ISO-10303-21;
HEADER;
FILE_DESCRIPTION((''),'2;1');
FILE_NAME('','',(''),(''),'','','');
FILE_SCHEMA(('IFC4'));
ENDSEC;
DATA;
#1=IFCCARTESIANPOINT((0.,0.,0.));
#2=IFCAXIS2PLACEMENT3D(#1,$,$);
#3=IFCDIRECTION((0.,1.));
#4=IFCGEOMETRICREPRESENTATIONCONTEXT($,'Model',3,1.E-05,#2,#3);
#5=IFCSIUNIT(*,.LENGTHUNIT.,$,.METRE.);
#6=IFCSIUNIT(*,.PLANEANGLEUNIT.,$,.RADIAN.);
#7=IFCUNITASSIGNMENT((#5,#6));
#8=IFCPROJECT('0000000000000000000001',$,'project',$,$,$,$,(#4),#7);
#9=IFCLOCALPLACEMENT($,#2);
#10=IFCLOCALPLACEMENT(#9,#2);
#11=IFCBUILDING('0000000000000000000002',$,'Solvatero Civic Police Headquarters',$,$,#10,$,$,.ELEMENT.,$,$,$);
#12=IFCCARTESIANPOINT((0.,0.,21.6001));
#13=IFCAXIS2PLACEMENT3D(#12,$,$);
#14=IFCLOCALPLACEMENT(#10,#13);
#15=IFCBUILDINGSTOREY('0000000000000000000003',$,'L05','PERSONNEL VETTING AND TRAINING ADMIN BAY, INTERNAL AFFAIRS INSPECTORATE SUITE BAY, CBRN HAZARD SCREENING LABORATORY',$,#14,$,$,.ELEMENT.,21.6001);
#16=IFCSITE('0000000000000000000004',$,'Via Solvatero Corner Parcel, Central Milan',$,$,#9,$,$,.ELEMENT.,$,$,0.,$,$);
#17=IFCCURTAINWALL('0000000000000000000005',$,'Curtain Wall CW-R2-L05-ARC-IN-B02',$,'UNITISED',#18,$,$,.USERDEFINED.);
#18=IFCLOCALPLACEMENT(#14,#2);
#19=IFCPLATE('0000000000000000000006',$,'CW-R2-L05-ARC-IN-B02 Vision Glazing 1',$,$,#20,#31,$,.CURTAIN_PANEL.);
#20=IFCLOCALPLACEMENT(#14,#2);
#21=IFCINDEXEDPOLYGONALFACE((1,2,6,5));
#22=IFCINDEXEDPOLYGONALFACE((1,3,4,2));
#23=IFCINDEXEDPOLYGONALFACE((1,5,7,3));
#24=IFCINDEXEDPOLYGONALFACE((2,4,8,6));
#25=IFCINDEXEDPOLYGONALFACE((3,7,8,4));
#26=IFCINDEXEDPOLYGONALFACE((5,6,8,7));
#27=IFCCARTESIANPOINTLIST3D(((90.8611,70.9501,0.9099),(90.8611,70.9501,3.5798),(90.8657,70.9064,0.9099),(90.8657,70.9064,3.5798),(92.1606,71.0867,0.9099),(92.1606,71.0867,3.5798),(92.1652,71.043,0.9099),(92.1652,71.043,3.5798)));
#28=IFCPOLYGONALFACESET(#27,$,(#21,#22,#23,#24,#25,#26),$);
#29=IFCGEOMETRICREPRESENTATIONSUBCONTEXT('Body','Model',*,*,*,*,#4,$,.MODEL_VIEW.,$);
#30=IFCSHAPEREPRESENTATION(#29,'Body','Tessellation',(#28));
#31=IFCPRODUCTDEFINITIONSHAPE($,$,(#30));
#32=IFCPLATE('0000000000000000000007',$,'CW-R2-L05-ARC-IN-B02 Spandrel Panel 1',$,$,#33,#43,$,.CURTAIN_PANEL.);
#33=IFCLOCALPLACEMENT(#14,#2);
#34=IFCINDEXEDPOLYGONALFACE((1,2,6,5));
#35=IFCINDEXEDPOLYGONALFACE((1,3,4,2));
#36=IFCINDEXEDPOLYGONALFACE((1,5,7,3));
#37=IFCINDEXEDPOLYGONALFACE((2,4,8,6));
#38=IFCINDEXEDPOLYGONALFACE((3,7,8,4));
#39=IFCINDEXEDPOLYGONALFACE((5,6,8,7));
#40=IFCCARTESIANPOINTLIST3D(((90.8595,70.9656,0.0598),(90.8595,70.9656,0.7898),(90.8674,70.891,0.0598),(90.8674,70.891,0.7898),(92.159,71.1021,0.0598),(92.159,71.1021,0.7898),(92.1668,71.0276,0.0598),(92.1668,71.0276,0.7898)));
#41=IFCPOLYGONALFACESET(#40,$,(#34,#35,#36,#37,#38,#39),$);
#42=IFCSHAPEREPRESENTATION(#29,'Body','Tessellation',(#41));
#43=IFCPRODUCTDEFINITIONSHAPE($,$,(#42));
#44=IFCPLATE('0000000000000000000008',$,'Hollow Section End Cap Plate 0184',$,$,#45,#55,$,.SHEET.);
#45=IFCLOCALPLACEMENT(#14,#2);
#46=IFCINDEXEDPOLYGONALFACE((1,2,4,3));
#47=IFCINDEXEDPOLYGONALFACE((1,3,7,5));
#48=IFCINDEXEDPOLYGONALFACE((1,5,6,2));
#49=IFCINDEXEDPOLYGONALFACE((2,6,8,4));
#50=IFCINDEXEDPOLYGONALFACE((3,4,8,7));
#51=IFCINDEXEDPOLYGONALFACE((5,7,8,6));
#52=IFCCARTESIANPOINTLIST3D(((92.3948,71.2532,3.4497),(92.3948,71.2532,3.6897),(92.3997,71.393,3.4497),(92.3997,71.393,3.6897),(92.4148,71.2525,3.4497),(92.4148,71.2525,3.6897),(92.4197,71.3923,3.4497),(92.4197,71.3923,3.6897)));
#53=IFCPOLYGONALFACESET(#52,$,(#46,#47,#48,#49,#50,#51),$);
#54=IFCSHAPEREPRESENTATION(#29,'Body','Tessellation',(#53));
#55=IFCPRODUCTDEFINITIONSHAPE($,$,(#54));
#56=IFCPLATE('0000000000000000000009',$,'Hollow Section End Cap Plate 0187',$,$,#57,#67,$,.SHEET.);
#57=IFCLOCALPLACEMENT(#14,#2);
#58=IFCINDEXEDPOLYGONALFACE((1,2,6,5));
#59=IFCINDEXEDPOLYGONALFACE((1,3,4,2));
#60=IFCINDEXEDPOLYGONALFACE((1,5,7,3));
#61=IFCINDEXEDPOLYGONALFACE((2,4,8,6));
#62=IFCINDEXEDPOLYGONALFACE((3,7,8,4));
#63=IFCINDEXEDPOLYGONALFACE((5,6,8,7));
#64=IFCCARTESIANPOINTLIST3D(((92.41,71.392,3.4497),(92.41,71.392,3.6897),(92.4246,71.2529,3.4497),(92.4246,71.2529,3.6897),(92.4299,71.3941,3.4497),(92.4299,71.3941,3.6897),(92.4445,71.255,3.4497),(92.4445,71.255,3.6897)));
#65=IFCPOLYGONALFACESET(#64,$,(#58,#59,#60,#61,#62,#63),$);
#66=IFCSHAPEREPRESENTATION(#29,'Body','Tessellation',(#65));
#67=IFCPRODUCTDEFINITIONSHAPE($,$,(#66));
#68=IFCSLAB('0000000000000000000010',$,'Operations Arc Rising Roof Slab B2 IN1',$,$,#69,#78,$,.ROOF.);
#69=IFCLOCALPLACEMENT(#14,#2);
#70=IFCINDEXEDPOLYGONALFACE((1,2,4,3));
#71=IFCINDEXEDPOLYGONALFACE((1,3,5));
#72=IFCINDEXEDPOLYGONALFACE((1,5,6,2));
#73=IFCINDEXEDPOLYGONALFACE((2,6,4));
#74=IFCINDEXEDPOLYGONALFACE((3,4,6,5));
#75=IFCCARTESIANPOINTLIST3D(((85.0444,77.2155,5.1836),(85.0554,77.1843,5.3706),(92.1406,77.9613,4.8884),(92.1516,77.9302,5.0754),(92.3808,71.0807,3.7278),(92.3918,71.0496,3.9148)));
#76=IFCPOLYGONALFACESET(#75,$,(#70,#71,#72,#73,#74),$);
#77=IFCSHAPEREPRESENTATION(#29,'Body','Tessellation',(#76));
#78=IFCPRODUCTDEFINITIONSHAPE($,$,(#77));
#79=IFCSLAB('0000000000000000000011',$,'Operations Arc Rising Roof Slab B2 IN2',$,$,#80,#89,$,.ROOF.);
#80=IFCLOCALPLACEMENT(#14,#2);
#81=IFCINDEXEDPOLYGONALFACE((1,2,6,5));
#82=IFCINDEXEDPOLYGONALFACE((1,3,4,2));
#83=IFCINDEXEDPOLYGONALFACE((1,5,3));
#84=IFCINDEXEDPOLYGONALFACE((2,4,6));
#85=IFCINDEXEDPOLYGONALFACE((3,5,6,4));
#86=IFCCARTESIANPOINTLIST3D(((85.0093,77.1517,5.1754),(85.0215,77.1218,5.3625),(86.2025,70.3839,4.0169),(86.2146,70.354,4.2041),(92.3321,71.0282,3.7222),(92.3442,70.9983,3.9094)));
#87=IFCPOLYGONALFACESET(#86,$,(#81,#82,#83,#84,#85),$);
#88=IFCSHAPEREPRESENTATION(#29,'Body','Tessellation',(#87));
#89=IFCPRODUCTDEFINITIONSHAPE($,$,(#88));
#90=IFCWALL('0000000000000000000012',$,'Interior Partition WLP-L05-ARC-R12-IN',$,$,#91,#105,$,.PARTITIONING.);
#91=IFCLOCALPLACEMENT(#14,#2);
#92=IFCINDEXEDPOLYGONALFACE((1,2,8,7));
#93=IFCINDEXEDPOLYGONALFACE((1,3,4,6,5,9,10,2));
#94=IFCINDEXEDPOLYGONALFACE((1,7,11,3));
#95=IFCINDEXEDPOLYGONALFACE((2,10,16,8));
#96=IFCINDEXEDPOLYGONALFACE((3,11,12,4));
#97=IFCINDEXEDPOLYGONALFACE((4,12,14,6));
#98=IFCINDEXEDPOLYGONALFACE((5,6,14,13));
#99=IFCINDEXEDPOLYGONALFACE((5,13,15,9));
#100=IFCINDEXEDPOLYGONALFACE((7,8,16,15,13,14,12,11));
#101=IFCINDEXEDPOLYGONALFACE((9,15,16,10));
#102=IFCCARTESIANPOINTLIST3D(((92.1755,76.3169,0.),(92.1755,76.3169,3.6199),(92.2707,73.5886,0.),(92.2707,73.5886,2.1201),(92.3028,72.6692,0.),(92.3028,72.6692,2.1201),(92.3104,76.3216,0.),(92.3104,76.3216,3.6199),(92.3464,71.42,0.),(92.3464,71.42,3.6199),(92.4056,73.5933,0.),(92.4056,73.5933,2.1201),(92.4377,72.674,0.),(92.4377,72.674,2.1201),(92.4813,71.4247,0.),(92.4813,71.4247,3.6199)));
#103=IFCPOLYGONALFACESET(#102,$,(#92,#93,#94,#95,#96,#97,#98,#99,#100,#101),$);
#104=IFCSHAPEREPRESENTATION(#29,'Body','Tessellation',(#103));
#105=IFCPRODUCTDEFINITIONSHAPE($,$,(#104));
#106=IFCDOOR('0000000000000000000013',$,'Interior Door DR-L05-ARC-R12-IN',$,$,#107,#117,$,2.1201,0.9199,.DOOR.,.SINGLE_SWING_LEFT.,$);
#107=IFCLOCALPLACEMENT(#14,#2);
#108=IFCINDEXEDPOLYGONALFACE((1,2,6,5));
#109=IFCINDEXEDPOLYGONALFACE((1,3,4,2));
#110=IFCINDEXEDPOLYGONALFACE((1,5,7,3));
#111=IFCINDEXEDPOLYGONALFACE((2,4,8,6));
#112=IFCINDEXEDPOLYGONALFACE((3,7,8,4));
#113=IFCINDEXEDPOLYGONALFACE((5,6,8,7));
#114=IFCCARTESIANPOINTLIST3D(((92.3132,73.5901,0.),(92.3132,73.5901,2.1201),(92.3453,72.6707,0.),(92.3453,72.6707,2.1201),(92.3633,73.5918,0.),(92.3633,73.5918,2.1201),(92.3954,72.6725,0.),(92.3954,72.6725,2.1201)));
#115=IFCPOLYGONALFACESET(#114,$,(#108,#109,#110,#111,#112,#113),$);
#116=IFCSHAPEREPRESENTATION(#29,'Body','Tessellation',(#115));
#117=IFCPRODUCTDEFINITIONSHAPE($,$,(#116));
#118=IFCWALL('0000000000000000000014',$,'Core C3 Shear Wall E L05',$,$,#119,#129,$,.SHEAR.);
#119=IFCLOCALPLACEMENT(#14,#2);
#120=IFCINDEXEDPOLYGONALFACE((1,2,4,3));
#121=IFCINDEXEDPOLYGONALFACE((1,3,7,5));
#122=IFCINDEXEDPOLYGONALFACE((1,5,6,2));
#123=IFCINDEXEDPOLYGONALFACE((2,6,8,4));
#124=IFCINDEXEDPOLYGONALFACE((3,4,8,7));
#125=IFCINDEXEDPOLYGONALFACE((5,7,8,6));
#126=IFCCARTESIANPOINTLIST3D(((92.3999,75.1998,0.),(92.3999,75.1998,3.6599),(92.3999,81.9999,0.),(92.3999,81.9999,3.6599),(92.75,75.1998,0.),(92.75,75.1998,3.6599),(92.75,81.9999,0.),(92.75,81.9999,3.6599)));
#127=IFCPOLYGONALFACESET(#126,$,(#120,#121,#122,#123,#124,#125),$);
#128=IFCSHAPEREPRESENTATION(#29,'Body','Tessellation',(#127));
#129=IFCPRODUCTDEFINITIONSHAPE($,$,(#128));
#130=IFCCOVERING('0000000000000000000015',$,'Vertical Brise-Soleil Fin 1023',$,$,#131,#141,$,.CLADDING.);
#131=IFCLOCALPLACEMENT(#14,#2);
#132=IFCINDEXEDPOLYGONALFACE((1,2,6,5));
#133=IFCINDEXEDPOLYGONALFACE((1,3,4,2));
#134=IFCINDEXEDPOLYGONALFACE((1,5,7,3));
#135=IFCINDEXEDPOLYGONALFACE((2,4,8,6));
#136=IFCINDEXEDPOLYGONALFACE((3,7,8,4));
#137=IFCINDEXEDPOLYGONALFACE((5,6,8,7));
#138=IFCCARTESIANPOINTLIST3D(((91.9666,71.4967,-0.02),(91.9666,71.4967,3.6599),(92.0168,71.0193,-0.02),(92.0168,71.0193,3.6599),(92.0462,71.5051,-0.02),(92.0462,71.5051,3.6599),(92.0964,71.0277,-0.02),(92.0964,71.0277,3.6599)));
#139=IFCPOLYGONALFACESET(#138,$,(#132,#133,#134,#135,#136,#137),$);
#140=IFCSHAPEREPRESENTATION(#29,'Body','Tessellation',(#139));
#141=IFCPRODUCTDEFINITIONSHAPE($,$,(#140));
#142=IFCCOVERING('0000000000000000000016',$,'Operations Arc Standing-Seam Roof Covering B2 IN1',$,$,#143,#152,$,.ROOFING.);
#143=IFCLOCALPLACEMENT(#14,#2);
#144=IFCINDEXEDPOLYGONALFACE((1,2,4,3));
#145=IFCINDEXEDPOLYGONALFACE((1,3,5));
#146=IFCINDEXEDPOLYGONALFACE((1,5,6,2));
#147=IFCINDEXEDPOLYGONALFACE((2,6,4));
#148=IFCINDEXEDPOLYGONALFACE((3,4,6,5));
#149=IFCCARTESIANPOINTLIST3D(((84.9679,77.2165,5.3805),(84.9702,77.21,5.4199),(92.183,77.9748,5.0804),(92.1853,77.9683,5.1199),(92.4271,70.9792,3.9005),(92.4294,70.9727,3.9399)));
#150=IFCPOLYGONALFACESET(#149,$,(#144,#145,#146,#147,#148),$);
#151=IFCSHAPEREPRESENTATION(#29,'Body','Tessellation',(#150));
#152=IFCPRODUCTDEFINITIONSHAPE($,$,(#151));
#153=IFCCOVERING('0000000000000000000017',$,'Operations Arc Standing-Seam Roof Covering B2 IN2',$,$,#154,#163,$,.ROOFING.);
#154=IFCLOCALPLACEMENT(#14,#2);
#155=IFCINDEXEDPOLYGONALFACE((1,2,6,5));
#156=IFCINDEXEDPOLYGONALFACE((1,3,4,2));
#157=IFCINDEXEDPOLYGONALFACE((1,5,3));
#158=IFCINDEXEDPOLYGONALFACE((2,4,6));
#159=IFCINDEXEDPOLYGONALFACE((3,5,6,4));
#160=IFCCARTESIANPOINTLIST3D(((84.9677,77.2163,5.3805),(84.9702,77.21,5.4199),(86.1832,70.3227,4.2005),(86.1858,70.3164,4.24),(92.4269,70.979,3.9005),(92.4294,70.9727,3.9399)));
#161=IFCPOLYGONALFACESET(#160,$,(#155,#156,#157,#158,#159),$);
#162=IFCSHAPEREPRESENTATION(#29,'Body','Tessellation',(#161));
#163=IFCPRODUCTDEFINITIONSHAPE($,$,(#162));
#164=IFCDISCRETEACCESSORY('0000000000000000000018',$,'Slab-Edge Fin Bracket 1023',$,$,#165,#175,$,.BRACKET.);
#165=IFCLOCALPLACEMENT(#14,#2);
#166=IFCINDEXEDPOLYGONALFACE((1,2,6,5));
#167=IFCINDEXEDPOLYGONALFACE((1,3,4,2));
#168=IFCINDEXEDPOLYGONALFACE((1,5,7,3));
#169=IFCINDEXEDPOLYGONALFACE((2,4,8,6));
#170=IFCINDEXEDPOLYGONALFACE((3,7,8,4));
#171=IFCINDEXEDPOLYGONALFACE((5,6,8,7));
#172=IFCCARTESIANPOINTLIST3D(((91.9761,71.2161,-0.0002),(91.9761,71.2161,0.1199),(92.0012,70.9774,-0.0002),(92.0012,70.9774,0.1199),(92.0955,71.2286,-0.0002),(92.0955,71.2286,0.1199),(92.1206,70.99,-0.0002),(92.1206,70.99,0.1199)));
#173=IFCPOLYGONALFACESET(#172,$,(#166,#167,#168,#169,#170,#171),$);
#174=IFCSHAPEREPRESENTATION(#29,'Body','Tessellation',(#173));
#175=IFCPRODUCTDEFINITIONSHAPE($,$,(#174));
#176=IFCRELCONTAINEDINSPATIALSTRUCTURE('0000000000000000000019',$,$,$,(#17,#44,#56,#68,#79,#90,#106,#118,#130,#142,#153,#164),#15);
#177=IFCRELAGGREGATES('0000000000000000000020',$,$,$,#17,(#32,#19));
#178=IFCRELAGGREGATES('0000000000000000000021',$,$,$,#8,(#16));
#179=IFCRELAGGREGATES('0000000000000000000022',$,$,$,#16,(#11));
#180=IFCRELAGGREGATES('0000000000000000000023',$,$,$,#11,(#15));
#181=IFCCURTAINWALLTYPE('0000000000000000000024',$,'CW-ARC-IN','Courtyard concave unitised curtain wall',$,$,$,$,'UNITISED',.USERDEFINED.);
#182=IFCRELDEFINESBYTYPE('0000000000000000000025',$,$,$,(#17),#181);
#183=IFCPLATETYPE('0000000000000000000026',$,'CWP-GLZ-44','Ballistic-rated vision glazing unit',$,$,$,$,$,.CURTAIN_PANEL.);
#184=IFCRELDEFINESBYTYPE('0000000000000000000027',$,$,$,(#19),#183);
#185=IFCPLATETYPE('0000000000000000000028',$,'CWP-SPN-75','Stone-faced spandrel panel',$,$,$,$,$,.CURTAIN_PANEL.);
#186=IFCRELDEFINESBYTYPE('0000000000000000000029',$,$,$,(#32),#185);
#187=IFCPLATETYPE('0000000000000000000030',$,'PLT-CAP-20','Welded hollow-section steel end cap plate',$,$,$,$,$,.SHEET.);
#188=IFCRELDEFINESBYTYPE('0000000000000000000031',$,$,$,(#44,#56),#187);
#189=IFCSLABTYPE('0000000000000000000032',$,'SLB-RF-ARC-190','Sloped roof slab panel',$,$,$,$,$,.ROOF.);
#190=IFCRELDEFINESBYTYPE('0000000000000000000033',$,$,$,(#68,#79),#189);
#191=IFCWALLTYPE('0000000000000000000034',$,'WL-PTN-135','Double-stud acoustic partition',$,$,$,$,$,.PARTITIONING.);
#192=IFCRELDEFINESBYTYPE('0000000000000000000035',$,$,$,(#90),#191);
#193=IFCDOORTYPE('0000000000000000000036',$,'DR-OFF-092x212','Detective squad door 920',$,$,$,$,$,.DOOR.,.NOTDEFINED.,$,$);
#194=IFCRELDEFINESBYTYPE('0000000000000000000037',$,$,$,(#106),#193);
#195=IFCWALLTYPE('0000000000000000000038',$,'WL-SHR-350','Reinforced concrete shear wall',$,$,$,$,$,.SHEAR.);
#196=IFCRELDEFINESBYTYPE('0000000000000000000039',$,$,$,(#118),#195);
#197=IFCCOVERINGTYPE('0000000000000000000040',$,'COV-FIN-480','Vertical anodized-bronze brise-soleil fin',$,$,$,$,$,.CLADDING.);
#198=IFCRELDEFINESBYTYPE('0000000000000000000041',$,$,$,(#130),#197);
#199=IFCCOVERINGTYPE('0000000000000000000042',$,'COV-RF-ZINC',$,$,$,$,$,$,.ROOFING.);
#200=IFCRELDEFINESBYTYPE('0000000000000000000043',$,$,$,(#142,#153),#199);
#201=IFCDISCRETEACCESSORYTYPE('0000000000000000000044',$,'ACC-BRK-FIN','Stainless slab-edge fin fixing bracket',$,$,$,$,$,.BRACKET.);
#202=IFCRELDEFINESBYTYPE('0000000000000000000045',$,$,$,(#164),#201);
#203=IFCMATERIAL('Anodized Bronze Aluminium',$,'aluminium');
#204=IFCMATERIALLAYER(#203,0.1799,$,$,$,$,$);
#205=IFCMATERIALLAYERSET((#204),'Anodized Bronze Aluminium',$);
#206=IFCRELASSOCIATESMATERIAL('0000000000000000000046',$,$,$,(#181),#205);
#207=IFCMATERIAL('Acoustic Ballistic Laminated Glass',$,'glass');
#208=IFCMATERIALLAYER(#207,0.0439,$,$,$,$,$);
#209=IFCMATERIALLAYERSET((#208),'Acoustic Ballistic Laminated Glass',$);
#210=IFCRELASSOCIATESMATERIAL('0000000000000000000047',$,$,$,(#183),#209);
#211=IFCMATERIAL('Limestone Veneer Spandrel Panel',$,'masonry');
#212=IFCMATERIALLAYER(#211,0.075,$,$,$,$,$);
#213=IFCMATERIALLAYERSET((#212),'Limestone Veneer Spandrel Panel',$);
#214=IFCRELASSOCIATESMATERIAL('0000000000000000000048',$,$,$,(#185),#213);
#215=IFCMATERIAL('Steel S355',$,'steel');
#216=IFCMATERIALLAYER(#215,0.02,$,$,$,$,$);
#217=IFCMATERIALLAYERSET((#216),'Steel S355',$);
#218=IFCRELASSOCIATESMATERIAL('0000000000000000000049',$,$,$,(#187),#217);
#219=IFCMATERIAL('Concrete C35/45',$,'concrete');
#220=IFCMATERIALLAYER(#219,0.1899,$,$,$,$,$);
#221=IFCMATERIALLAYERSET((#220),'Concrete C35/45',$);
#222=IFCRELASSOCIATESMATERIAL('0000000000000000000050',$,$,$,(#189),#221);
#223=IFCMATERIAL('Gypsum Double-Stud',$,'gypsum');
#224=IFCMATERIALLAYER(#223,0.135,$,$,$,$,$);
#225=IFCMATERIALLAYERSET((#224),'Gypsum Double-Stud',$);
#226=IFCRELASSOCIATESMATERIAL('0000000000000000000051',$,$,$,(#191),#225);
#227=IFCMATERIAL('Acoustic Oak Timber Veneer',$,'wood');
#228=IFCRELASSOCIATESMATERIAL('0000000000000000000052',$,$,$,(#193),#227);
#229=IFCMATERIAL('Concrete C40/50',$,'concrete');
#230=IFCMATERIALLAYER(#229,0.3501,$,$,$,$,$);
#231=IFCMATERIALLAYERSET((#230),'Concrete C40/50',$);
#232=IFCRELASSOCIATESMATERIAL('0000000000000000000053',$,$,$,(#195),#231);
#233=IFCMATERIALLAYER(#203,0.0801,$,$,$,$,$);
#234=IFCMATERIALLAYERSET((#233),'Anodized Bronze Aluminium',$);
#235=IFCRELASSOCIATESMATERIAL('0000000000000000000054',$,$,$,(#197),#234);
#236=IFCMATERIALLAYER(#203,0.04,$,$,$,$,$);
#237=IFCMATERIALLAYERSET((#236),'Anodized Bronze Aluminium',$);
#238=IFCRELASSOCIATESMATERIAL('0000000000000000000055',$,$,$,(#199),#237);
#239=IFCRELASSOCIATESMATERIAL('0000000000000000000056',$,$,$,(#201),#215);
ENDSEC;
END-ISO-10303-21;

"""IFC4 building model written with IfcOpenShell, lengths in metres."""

from ifc_helpers import new_model, si_unit, direction, frame, frame_2d, origin, origin_2d, place, context, subcontext, project, spatial, polyline, rectangle, outline, extrude, material, layer, layer_set, type_object, element, fill, aggregate, save


model = new_model("IFC4")

# Units and contexts
model_context = context("Model", 3, precision=1e-05, world=origin(), true_north=direction((0.0, 1.0)))
body_context = subcontext(model_context, "Body", "Model", "MODEL_VIEW")
ifc_project = project(units=[si_unit("LENGTHUNIT", "METRE"), si_unit("PLANEANGLEUNIT", "RADIAN")], contexts=[model_context])

# Site, building, storey
site_placement = place(None, origin())
site = spatial("IfcSite", under=ifc_project, at=site_placement, Name="Via Solvatero Corner Parcel, Central Milan", CompositionType="ELEMENT", RefElevation=0.0)
building_placement = place(site_placement, origin())
building = spatial("IfcBuilding", under=site, at=building_placement, Name="Solvatero Civic Police Headquarters", CompositionType="ELEMENT")
storey_placement = place(building_placement, frame((0.0, 0.0, 21.6001)))
storey = spatial("IfcBuildingStorey", under=building, at=storey_placement, Name="L05", Description="PERSONNEL VETTING AND TRAINING ADMIN BAY, INTERNAL AFFAIRS INSPECTORATE SUITE BAY, CBRN HAZARD SCREENING LABORATORY", CompositionType="ELEMENT", Elevation=21.6001)

# Shared definitions
ifc_material_1 = material(Name="Steel S355", Category="steel")

# Shared definitions
ifc_material_2 = material(Name="Anodized Bronze Aluminium", Category="aluminium")
ifc_layer_1 = layer(ifc_material_2, 0.1799)
ifc_layer_set_1 = layer_set([ifc_layer_1], Name="Anodized Bronze Aluminium")
curtain_wall_type = type_object("IfcCurtainWallType", Name="CW-ARC-IN", Description="Courtyard concave unitised curtain wall", ElementType="UNITISED", PredefinedType="USERDEFINED", material=ifc_layer_set_1)

# Curtain wall
curtain_wall_1_placement = place(storey_placement, origin())
curtain_wall_1 = element("IfcCurtainWall", 1, at=curtain_wall_1_placement, inside=storey, type_object=curtain_wall_type, Name="Curtain Wall CW-R2-L05-ARC-IN-B02", ObjectType="UNITISED", PredefinedType="USERDEFINED")

# Plates
ifc_material_3 = material(Name="Acoustic Ballistic Laminated Glass", Category="glass")
ifc_layer_2 = layer(ifc_material_3, 0.0439)
ifc_layer_set_2 = layer_set([ifc_layer_2], Name="Acoustic Ballistic Laminated Glass")
plate_type_1 = type_object("IfcPlateType", Name="CWP-GLZ-44", Description="Ballistic-rated vision glazing unit", PredefinedType="CURTAIN_PANEL", material=ifc_layer_set_2)
plate_1_placement = place(storey_placement, frame((91.5132, 70.9966, 0.9099), z_axis=(0.0, 0.0, 1.0), x_axis=(-0.994522, -0.104528, 0.0)))
plate_1 = element("IfcPlate", 2, at=plate_1_placement, type_object=plate_type_1, Name="CW-R2-L05-ARC-IN-B02 Vision Glazing 1", PredefinedType="CURTAIN_PANEL", context=body_context, shape_type="SweptSolid", body=[
    extrude(rectangle(XDim=1.3066, YDim=0.0439, at=origin_2d()), origin(), (0.0, 0.0, 1.0), 2.6699),
])
ifc_material_4 = material(Name="Limestone Veneer Spandrel Panel", Category="masonry")
ifc_layer_3 = layer(ifc_material_4, 0.075)
ifc_layer_set_3 = layer_set([ifc_layer_3], Name="Limestone Veneer Spandrel Panel")
plate_type_2 = type_object("IfcPlateType", Name="CWP-SPN-75", Description="Stone-faced spandrel panel", PredefinedType="CURTAIN_PANEL", material=ifc_layer_set_3)
plate_2_placement = place(storey_placement, frame((91.5132, 70.9966, 0.0598), z_axis=(0.0, 0.0, 1.0), x_axis=(-0.994522, -0.104528, 0.0)))
plate_2 = element("IfcPlate", 3, at=plate_2_placement, type_object=plate_type_2, Name="CW-R2-L05-ARC-IN-B02 Spandrel Panel 1", PredefinedType="CURTAIN_PANEL", context=body_context, shape_type="SweptSolid", body=[
    extrude(rectangle(XDim=1.3066, YDim=0.075, at=origin_2d()), origin(), (0.0, 0.0, 1.0), 0.73),
])
aggregate(curtain_wall_1, [plate_2, plate_1])

# Plates
ifc_layer_4 = layer(ifc_material_1, 0.02)
ifc_layer_set_4 = layer_set([ifc_layer_4], Name="Steel S355")
plate_type_3 = type_object("IfcPlateType", Name="PLT-CAP-20", Description="Welded hollow-section steel end cap plate", PredefinedType="SHEET", material=ifc_layer_set_4)
for number, where, z_axis, x_axis, name in (
    (4, (92.4072, 71.3228, 3.4497), (0.0, 0.0, 1.0), (-0.999391, 0.034899, 0.0), "Hollow Section End Cap Plate 0184"),
    (5, (92.4272, 71.3235, 3.4497), (0.0, 0.0, 1.0), (-0.99452, -0.104546, 0.0), "Hollow Section End Cap Plate 0187"),
):
    element("IfcPlate", number, at=place(storey_placement, frame(where, z_axis=z_axis, x_axis=x_axis)), inside=storey, type_object=plate_type_3, Name=name, PredefinedType="SHEET", context=body_context, shape_type="SweptSolid", body=[
        extrude(rectangle(XDim=0.02, YDim=0.1399, at=origin_2d()), origin(), (0.0, 0.0, 1.0), 0.24),
    ])

# Slabs
ifc_material_5 = material(Name="Concrete C35/45", Category="concrete")
ifc_layer_5 = layer(ifc_material_5, 0.1899)
ifc_layer_set_5 = layer_set([ifc_layer_5], Name="Concrete C35/45")
slab_type = type_object("IfcSlabType", Name="SLB-RF-ARC-190", Description="Sloped roof slab panel", PredefinedType="ROOF", material=ifc_layer_set_5)
slab_1_placement = place(storey_placement, frame((92.3918, 71.0496, 3.9148), z_axis=(0.058205, -0.164075, 0.984729), x_axis=(-0.758399, 0.634178, 0.150494)))
element("IfcSlab", 6, at=slab_1_placement, inside=storey, type_object=slab_type, Name="Operations Arc Rising Roof Slab B2 IN1", PredefinedType="ROOF", context=body_context, shape_type="SweptSolid", body=[
    extrude(outline(polyline([(0.0, 0.0), (9.6736, 0.0), (4.7204, -5.1445), (0.0, 0.0)])), origin(), (0.0, 0.0, -1.0), 0.1899),
])
slab_2_placement = place(storey_placement, frame((92.3442, 70.9983, 3.9094), z_axis=(0.063921, -0.157413, 0.985462), x_axis=(-0.993387, -0.104415, 0.047756)))
element("IfcSlab", 7, at=slab_2_placement, inside=storey, type_object=slab_type, Name="Operations Arc Rising Roof Slab B2 IN2", PredefinedType="ROOF", context=body_context, shape_type="SweptSolid", body=[
    extrude(outline(polyline([(0.0, 0.0), (6.1704, 0.0), (6.7043, -6.9487), (0.0, 0.0)])), origin(), (0.0, 0.0, -1.0), 0.1899),
])

# Wall, opening, door
ifc_material_6 = material(Name="Gypsum Double-Stud", Category="gypsum")
ifc_layer_6 = layer(ifc_material_6, 0.135)
ifc_layer_set_6 = layer_set([ifc_layer_6], Name="Gypsum Double-Stud")
wall_type_1 = type_object("IfcWallType", Name="WL-PTN-135", Description="Double-stud acoustic partition", PredefinedType="PARTITIONING", material=ifc_layer_set_6)
wall_1_placement = place(storey_placement, frame((92.4138, 71.4224, 0.0), z_axis=(0.0, 0.0, 1.0), x_axis=(-0.034878, 0.999392, 0.0)))
wall_1 = element("IfcWall", 8, at=wall_1_placement, inside=storey, type_object=wall_type_1, Name="Interior Partition WLP-L05-ARC-R12-IN", PredefinedType="PARTITIONING", context=body_context, shape_type="SweptSolid", body=[
    extrude(rectangle(XDim=4.8999, YDim=0.135, at=frame_2d((2.45, 0.0))), origin(), (0.0, 0.0, 1.0), 3.6199),
])
opening_placement = place(wall_1_placement, frame((1.25, 0.0, 0.0)))
opening = element("IfcOpeningElement", 9, at=opening_placement, cuts=wall_1, PredefinedType="OPENING", context=body_context, shape_type="SweptSolid", body=[
    extrude(rectangle(XDim=0.9199, YDim=2.1201, at=frame_2d((0.46, 1.0601))), frame((0.0, 0.0774, 0.0), z_axis=(0.0, -1.0, 0.0), x_axis=(1.0, 0.0, 0.0)), (0.0, 0.0, 1.0), 0.155),
])
ifc_material_7 = material(Name="Acoustic Oak Timber Veneer", Category="wood")
door_type = type_object("IfcDoorType", Name="DR-OFF-092x212", Description="Detective squad door 920", OperationType="NOTDEFINED", PredefinedType="DOOR", material=ifc_material_7)
door_placement = place(opening_placement, origin())
door = element("IfcDoor", 10, at=door_placement, inside=storey, type_object=door_type, Name="Interior Door DR-L05-ARC-R12-IN", OperationType="SINGLE_SWING_LEFT", OverallHeight=2.1201, OverallWidth=0.9199, PredefinedType="DOOR", context=body_context, shape_type="SweptSolid", body=[
    extrude(rectangle(XDim=0.9199, YDim=2.1201, at=frame_2d((0.46, 1.0601))), frame((0.0, 0.0249, 0.0), z_axis=(0.0, -1.0, 0.0), x_axis=(1.0, 0.0, 0.0)), (0.0, 0.0, 1.0), 0.05),
])
fill(opening, door)

# Wall
ifc_material_8 = material(Name="Concrete C40/50", Category="concrete")
ifc_layer_7 = layer(ifc_material_8, 0.3501)
ifc_layer_set_7 = layer_set([ifc_layer_7], Name="Concrete C40/50")
wall_type_2 = type_object("IfcWallType", Name="WL-SHR-350", Description="Reinforced concrete shear wall", PredefinedType="SHEAR", material=ifc_layer_set_7)
wall_2_placement = place(storey_placement, frame((92.575, 75.2, 0.0), z_axis=(0.0, 0.0, 1.0), x_axis=(0.0, 1.0, 0.0)))
element("IfcWall", 11, at=wall_2_placement, inside=storey, type_object=wall_type_2, Name="Core C3 Shear Wall E L05", PredefinedType="SHEAR", context=body_context, shape_type="SweptSolid", body=[
    extrude(rectangle(XDim=6.8, YDim=0.3501, at=frame_2d((3.3999, 0.0))), origin(), (0.0, 0.0, 1.0), 3.6599),
])

# Coverings
ifc_layer_8 = layer(ifc_material_2, 0.0801)
ifc_layer_set_8 = layer_set([ifc_layer_8], Name="Anodized Bronze Aluminium")
covering_type_1 = type_object("IfcCoveringType", Name="COV-FIN-480", Description="Vertical anodized-bronze brise-soleil fin", PredefinedType="CLADDING", material=ifc_layer_set_8)
covering_1_placement = place(storey_placement, frame((92.0315, 71.2622, -0.02), z_axis=(0.0, 0.0, 1.0), x_axis=(-0.994522, -0.104528, 0.0)))
element("IfcCovering", 12, at=covering_1_placement, inside=storey, type_object=covering_type_1, Name="Vertical Brise-Soleil Fin 1023", PredefinedType="CLADDING", context=body_context, shape_type="SweptSolid", body=[
    extrude(rectangle(XDim=0.0801, YDim=0.48, at=origin_2d()), origin(), (0.0, 0.0, 1.0), 3.6799),
])
ifc_layer_9 = layer(ifc_material_2, 0.04)
ifc_layer_set_9 = layer_set([ifc_layer_9], Name="Anodized Bronze Aluminium")
covering_type_2 = type_object("IfcCoveringType", Name="COV-RF-ZINC", PredefinedType="ROOFING", material=ifc_layer_set_9)
covering_2_placement = place(storey_placement, frame((92.4294, 70.9727, 3.9399), z_axis=(0.058194, -0.164061, 0.984732), x_axis=(-0.034393, 0.985489, 0.16622)))
element("IfcCovering", 13, at=covering_2_placement, inside=storey, type_object=covering_type_2, Name="Operations Arc Standing-Seam Roof Covering B2 IN1", PredefinedType="ROOFING", context=body_context, shape_type="SweptSolid", body=[
    extrude(outline(polyline([(0.0, 0.0), (7.0986, 0.0), (6.6493, 7.2471), (0.0, 0.0)])), origin(), (0.0, 0.0, -1.0), 0.04),
])
covering_3_placement = place(storey_placement, frame((92.4294, 70.9727, 3.9399), z_axis=(0.063903, -0.157408, 0.985464), x_axis=(-0.758409, 0.634171, 0.150475)))
element("IfcCovering", 14, at=covering_3_placement, inside=storey, type_object=covering_type_2, Name="Operations Arc Standing-Seam Roof Covering B2 IN2", PredefinedType="ROOFING", context=body_context, shape_type="SweptSolid", body=[
    extrude(outline(polyline([(0.0, 0.0), (9.8354, 0.0), (4.3642, 4.523), (0.0, 0.0)])), origin(), (0.0, 0.0, -1.0), 0.04),
])

# Discrete accessory
discrete_accessory_type = type_object("IfcDiscreteAccessoryType", Name="ACC-BRK-FIN", Description="Stainless slab-edge fin fixing bracket", PredefinedType="BRACKET", material=ifc_material_1)
for number, where, z_axis, x_axis, name in (
    (15, (92.0483, 71.103, -0.0002), (0.0, 0.0, 1.0), (-0.994522, -0.104528, 0.0), "Slab-Edge Fin Bracket 1023"),
):
    element("IfcDiscreteAccessory", number, at=place(storey_placement, frame(where, z_axis=z_axis, x_axis=x_axis)), inside=storey, type_object=discrete_accessory_type, Name=name, PredefinedType="BRACKET", context=body_context, shape_type="SweptSolid", body=[
        extrude(rectangle(XDim=0.1201, YDim=0.24, at=origin_2d()), origin(), (0.0, 0.0, 1.0), 0.1201),
    ])

save(model, "model.ifc")
